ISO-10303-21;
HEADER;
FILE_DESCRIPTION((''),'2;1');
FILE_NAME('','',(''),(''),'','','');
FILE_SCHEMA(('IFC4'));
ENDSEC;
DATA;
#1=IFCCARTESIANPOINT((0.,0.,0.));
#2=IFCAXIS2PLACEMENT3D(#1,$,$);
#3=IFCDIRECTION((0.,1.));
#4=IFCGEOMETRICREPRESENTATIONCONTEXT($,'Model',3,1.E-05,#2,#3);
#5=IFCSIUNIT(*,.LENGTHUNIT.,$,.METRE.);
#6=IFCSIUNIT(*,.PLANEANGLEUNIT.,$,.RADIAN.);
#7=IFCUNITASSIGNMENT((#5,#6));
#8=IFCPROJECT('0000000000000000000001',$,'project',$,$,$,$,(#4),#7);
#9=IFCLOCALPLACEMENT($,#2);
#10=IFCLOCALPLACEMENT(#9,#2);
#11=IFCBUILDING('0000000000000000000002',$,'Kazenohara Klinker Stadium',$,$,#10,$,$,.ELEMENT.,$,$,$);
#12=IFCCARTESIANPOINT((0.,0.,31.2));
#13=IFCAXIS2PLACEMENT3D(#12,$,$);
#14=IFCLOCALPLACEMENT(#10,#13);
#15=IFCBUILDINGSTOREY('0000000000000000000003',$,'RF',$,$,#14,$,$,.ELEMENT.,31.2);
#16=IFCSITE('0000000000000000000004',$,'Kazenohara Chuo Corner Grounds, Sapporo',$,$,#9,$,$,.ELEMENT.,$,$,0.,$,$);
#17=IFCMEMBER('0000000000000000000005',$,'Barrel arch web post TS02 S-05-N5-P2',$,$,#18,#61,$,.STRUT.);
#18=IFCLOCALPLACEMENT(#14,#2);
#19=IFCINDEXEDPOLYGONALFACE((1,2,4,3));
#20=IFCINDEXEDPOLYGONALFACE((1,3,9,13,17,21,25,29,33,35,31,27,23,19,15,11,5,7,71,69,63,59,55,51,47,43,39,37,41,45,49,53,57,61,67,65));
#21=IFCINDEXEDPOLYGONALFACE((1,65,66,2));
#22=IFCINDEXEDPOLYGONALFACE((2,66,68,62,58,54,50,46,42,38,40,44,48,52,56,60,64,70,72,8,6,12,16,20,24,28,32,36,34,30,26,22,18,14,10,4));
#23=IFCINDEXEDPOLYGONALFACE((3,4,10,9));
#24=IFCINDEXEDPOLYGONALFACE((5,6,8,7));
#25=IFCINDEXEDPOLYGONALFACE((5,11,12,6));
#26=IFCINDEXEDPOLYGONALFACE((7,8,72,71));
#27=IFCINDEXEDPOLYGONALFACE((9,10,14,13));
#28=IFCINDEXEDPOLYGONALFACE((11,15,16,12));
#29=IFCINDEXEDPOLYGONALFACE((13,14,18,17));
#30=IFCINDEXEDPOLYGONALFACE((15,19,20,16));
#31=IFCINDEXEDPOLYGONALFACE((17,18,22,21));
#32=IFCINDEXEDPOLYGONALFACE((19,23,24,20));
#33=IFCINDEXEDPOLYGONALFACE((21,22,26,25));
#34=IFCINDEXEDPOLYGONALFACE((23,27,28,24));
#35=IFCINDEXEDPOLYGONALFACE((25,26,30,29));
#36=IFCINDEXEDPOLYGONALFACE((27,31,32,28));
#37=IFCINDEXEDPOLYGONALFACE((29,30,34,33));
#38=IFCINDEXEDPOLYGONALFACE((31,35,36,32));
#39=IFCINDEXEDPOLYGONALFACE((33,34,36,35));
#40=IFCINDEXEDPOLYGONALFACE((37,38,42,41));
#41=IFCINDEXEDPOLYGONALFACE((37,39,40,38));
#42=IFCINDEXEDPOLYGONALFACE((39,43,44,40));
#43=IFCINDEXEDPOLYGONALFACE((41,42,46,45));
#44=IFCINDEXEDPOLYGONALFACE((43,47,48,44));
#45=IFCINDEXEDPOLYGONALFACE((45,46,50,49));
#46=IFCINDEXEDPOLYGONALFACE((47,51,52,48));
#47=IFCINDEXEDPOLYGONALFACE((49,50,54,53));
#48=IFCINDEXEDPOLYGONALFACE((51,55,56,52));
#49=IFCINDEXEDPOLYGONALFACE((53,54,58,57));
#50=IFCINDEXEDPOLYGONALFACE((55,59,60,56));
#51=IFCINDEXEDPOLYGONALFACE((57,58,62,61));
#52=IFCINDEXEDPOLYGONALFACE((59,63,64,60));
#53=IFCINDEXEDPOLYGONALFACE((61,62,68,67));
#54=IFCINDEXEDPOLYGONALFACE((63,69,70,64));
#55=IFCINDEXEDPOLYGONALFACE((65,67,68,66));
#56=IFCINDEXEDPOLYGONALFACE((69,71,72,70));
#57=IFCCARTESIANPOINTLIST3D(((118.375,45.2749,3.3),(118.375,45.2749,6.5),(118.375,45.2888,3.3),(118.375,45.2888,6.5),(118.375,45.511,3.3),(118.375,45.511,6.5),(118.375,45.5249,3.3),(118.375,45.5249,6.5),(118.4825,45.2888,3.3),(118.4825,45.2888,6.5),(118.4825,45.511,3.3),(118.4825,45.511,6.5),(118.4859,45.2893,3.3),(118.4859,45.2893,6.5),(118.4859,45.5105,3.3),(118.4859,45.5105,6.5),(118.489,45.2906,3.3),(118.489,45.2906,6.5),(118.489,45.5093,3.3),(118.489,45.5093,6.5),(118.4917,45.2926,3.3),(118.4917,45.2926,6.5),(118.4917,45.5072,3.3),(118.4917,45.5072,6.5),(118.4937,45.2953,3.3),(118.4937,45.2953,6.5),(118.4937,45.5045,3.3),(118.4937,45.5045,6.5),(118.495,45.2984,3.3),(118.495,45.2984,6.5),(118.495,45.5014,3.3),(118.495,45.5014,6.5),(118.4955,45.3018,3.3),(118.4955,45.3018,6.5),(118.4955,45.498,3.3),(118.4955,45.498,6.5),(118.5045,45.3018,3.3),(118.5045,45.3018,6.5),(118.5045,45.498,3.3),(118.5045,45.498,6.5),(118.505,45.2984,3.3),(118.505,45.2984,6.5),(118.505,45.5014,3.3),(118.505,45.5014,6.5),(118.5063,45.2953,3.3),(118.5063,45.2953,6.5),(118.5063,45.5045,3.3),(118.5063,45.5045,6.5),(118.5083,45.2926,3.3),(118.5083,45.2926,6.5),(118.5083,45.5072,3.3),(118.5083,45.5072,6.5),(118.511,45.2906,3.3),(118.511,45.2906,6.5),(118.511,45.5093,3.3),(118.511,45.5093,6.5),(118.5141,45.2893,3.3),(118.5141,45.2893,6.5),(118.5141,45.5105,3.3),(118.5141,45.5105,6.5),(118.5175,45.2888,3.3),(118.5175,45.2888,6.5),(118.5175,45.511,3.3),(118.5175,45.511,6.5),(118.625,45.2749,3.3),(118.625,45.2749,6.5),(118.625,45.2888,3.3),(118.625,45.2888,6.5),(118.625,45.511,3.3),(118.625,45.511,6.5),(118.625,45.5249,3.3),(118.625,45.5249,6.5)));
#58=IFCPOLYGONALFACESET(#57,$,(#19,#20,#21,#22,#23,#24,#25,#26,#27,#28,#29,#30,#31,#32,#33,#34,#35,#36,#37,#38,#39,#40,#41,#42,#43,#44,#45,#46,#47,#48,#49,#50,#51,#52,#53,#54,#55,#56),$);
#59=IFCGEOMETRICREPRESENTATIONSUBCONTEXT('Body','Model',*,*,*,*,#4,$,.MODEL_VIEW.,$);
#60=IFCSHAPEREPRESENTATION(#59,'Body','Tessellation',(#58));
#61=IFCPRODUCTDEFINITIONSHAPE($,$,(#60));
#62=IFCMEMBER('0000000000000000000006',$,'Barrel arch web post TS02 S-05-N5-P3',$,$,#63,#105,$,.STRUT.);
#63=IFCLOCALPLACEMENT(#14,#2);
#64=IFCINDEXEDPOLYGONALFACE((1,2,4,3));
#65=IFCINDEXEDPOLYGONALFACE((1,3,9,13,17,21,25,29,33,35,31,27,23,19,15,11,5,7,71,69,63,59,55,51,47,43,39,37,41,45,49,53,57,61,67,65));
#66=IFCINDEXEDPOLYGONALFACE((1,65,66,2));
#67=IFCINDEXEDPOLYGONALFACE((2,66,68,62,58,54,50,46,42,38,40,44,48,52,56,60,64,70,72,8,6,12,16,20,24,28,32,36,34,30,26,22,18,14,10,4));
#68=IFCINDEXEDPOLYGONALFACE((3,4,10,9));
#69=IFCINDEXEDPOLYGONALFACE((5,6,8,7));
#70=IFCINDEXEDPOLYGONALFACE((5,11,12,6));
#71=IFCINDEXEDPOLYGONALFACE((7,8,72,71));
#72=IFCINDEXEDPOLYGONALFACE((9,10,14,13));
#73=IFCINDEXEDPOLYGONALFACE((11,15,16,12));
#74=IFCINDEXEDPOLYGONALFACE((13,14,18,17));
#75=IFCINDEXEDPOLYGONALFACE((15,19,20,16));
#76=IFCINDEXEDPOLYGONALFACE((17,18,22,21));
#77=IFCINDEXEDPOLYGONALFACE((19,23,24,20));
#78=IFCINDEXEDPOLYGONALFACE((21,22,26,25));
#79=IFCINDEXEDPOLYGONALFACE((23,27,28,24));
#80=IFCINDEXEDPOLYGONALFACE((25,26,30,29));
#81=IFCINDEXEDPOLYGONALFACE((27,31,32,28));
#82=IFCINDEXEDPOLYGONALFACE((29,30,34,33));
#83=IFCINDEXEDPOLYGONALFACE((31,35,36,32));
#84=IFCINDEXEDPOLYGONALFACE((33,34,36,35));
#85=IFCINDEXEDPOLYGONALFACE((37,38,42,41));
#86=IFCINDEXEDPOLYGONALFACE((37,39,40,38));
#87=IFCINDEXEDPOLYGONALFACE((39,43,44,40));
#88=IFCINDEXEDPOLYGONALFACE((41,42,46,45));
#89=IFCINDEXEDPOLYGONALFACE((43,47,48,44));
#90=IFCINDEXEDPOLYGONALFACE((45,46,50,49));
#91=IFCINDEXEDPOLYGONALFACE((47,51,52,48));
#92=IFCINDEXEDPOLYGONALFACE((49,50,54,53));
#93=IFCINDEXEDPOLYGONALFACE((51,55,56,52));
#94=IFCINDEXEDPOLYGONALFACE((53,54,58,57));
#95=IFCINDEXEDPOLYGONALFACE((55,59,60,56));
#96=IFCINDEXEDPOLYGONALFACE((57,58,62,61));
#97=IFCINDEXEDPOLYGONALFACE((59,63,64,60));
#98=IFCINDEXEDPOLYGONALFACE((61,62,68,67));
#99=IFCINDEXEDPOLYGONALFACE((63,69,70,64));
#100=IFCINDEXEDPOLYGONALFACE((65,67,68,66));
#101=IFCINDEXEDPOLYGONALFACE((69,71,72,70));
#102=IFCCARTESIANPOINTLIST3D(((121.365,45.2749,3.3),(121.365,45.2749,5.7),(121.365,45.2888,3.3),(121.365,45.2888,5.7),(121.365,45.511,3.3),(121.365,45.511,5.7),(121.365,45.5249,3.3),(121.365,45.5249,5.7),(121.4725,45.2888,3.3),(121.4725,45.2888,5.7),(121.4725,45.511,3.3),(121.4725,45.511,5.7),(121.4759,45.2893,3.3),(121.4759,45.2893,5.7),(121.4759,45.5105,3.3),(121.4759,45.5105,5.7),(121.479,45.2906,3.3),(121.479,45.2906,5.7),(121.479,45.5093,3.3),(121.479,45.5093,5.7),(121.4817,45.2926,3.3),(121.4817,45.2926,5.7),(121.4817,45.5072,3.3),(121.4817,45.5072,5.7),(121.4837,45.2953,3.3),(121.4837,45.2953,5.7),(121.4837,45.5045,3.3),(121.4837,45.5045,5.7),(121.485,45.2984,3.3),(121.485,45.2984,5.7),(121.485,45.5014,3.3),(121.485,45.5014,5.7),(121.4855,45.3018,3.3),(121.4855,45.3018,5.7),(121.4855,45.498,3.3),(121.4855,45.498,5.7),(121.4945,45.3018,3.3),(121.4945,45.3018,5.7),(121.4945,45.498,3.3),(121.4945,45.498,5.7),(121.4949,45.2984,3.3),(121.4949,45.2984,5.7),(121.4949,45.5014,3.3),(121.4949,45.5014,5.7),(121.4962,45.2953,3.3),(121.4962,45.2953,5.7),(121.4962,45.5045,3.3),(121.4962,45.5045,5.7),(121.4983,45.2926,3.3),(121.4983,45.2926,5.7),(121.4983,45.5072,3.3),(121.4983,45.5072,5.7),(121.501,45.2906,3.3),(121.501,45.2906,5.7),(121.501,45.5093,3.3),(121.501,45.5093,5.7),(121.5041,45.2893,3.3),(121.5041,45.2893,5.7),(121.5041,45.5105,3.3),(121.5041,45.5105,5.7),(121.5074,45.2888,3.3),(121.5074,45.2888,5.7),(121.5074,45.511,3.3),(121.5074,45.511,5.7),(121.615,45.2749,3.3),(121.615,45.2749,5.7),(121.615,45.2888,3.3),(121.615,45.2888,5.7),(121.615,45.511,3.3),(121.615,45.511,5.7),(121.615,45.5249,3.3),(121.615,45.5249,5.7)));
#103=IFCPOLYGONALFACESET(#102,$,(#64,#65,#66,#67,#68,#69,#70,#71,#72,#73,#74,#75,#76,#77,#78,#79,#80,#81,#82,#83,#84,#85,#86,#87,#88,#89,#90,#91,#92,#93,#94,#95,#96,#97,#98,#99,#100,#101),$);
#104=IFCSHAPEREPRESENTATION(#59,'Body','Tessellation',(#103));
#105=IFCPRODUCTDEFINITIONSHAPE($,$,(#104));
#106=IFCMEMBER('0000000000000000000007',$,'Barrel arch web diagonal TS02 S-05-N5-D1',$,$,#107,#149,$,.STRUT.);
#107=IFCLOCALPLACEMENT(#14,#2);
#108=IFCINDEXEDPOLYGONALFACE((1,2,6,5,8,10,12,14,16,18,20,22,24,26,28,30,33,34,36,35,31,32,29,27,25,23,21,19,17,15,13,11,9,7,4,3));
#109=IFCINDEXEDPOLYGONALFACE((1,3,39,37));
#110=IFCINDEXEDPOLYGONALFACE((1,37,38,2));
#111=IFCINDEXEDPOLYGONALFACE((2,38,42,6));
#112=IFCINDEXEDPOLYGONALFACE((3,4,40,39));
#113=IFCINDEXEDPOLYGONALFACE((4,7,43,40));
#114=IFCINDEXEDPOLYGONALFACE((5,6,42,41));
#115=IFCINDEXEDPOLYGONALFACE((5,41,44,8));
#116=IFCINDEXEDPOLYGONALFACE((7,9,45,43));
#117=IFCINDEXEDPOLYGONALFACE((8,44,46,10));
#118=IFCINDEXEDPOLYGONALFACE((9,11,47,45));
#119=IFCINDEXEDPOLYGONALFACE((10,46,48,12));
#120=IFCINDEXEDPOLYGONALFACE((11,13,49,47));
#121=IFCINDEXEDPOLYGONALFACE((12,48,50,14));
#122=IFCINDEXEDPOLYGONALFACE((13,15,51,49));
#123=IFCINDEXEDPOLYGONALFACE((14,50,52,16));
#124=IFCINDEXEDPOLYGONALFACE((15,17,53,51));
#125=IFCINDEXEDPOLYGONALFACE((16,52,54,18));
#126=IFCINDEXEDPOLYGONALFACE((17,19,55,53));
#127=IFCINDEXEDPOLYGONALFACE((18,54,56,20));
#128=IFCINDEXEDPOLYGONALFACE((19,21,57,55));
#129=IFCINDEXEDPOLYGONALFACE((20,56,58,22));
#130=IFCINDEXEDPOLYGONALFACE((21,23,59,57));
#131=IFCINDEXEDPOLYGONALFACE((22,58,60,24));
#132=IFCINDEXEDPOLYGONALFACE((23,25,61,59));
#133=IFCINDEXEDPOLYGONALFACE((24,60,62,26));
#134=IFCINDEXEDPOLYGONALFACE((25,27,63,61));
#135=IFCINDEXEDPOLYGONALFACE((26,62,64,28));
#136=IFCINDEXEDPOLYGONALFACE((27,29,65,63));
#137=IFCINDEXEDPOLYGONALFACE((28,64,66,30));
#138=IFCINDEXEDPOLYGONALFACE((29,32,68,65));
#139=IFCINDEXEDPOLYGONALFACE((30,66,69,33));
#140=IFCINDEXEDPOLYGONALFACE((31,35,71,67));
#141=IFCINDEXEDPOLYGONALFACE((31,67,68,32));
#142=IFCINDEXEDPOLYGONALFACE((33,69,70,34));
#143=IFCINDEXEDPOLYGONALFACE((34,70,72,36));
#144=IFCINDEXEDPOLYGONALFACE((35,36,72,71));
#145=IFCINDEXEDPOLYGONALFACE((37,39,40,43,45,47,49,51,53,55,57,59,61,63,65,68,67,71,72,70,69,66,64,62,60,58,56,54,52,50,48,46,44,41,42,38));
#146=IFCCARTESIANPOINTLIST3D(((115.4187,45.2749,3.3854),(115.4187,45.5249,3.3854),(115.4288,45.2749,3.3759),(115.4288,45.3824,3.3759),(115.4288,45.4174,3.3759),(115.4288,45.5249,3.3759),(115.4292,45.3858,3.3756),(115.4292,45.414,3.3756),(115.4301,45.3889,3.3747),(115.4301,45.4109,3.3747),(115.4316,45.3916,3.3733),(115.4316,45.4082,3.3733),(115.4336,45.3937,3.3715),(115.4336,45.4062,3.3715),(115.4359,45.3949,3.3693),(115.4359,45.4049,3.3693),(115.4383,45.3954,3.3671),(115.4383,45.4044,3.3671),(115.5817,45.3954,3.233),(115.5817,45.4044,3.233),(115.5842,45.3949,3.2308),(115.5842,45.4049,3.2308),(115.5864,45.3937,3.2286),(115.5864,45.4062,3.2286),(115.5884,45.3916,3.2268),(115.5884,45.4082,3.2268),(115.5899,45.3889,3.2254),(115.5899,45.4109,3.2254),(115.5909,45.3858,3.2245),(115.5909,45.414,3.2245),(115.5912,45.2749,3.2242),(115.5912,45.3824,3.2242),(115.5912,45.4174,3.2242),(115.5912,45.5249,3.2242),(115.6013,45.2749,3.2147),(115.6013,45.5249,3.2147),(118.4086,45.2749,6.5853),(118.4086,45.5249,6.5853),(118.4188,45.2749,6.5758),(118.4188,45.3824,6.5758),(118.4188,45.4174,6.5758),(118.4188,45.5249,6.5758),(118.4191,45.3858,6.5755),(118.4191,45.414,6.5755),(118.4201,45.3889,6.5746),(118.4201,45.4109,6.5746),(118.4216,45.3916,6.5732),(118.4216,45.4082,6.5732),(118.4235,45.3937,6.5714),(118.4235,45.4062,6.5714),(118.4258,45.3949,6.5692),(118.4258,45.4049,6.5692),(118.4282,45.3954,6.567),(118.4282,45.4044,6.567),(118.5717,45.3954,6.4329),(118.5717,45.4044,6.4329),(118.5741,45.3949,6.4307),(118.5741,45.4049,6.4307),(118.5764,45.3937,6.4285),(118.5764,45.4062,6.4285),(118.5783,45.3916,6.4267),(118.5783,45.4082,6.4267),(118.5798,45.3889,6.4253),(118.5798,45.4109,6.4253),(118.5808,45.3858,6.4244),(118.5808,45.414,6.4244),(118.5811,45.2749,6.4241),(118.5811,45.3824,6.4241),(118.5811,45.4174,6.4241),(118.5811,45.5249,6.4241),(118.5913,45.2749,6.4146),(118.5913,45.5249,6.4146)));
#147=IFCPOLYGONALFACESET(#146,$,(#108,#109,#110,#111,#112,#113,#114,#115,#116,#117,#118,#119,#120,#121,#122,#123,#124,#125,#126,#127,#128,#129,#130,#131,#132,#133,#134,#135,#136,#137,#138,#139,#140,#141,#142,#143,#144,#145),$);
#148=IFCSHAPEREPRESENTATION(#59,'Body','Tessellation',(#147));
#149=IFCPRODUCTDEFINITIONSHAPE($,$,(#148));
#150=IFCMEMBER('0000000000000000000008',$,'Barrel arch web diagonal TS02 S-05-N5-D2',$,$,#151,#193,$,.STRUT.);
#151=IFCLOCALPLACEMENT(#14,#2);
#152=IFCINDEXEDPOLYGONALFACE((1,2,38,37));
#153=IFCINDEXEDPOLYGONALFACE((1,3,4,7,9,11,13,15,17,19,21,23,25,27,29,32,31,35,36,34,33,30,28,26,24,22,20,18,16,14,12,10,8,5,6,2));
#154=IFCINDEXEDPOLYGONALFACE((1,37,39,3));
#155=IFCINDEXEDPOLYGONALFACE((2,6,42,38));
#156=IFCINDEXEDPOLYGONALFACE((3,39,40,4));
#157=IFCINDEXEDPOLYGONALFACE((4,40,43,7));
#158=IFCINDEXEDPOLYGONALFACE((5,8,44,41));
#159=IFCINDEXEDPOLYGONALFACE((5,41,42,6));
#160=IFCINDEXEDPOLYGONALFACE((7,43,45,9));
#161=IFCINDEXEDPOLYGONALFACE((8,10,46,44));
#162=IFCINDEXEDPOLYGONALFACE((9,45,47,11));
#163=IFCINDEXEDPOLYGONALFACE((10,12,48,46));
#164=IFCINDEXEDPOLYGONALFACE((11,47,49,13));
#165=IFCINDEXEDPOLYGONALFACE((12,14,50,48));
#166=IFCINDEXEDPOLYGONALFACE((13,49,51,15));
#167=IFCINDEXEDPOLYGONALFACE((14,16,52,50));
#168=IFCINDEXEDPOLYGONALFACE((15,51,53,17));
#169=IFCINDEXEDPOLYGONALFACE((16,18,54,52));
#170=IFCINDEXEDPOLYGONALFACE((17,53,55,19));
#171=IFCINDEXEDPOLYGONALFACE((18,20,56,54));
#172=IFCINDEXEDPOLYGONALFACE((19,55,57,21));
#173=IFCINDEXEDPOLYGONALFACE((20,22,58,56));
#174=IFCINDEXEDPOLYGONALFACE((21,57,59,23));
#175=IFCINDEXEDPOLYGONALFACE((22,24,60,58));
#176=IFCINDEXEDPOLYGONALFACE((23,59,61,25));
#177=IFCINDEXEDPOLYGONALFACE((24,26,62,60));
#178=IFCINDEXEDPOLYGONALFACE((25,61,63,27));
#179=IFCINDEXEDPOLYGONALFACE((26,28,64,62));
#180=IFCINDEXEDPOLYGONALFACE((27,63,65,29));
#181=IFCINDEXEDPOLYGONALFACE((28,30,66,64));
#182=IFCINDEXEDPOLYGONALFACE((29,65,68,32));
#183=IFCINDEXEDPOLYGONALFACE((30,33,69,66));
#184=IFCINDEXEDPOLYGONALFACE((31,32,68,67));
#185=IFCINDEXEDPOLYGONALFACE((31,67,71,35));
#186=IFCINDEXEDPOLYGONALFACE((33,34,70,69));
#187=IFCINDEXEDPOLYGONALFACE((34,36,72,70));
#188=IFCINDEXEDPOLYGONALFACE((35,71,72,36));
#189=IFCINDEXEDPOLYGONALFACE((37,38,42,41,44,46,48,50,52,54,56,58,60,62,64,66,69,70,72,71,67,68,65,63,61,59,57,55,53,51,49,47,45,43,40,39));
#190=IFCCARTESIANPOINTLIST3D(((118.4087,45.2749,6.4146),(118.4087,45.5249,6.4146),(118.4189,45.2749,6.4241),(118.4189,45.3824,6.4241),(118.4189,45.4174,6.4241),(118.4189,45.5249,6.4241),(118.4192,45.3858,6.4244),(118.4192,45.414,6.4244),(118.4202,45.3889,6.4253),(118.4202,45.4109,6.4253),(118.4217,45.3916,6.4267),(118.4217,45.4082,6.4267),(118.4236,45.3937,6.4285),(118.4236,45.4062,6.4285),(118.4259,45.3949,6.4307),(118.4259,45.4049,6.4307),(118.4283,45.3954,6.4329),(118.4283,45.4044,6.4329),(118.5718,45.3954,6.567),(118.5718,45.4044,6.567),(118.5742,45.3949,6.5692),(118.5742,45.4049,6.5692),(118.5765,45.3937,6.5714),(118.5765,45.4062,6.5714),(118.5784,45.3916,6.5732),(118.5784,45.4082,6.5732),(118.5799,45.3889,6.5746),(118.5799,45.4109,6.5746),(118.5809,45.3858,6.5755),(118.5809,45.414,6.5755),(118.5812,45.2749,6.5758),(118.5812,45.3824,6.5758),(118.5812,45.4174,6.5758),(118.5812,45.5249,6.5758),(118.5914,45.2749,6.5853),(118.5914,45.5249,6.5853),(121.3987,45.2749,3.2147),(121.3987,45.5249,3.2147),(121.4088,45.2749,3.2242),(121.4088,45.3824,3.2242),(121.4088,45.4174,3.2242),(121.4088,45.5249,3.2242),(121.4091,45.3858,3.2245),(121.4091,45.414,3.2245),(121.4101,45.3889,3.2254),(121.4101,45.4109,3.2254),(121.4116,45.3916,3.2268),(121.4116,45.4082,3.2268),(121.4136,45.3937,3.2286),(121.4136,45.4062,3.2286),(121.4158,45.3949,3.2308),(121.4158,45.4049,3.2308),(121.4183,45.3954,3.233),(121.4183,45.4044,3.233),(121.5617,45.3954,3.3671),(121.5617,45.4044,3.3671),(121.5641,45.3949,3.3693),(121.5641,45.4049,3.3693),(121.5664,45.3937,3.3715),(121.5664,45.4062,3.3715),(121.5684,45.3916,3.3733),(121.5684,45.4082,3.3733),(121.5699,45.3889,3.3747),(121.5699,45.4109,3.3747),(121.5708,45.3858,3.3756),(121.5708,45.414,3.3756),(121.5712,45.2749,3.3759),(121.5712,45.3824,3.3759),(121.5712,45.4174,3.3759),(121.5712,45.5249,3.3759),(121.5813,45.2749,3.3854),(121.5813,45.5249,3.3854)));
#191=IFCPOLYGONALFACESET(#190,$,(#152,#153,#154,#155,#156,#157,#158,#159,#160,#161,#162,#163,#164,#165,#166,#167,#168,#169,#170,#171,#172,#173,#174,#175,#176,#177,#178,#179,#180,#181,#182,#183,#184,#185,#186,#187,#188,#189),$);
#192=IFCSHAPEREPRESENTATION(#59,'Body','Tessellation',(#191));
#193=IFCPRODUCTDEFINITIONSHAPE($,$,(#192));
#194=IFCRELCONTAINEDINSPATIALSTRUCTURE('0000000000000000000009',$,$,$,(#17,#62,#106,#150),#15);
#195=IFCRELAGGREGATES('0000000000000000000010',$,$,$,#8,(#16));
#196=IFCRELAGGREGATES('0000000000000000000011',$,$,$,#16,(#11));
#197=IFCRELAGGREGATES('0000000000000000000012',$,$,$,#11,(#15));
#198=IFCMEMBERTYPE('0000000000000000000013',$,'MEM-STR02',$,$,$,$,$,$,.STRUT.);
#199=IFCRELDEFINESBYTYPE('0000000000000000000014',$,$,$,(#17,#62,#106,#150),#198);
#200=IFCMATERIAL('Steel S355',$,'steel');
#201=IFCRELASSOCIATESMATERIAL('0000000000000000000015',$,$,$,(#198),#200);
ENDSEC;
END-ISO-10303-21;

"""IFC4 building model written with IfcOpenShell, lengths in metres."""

from ifc_helpers import new_model, si_unit, direction, frame, origin, origin_2d, place, context, subcontext, project, spatial, i_section, extrude, material, material_profile, profile_set, type_object, element, save


model = new_model("IFC4")

# Units and contexts
model_context = context("Model", 3, precision=1e-05, world=origin(), true_north=direction((0.0, 1.0)))
body_context = subcontext(model_context, "Body", "Model", "MODEL_VIEW")
ifc_project = project(units=[si_unit("LENGTHUNIT", "METRE"), si_unit("PLANEANGLEUNIT", "RADIAN")], contexts=[model_context])

# Site, building, storey
site_placement = place(None, origin())
site = spatial("IfcSite", under=ifc_project, at=site_placement, Name="Kazenohara Chuo Corner Grounds, Sapporo", CompositionType="ELEMENT", RefElevation=0.0)
building_placement = place(site_placement, origin())
building = spatial("IfcBuilding", under=site, at=building_placement, Name="Kazenohara Klinker Stadium", CompositionType="ELEMENT")
storey_placement = place(building_placement, frame((0.0, 0.0, 31.2)))
storey = spatial("IfcBuildingStorey", under=building, at=storey_placement, Name="RF", CompositionType="ELEMENT", Elevation=31.2)

# Members
ifc_material_1 = material(Name="Steel S355", Category="steel")
ifc_material_profile_1 = material_profile(ifc_material_1, i_section(OverallWidth=0.25, OverallDepth=0.25, WebThickness=0.009, FlangeThickness=0.0139, FilletRadius=0.0129, at=origin_2d()), Name="H-250x250x9x14")
ifc_profile_set_1 = profile_set([ifc_material_profile_1], Name="Steel S355")
member_type_1 = type_object("IfcMemberType", Name="MEM-STR02", PredefinedType="STRUT", material=ifc_profile_set_1)
member_1_placement = place(storey_placement, frame((118.5, 45.3999, 3.3), z_axis=(0.0, 0.0, 1.0), x_axis=(1.0, 0.0, 0.0)))
element("IfcMember", 1, at=member_1_placement, inside=storey, type_object=member_type_1, Name="Barrel arch web post TS02 S-05-N5-P2", PredefinedType="STRUT", context=body_context, shape_type="SweptSolid", body=[
    extrude(i_section(OverallWidth=0.25, OverallDepth=0.25, WebThickness=0.009, FlangeThickness=0.0139, FilletRadius=0.0129, at=origin_2d()), origin(), (0.0, 0.0, 1.0), 3.2),
])
member_2_placement = place(storey_placement, frame((121.49, 45.3999, 3.3), z_axis=(0.0, 0.0, 1.0), x_axis=(1.0, 0.0, 0.0)))
element("IfcMember", 2, at=member_2_placement, inside=storey, type_object=member_type_1, Name="Barrel arch web post TS02 S-05-N5-P3", PredefinedType="STRUT", context=body_context, shape_type="SweptSolid", body=[
    extrude(i_section(OverallWidth=0.25, OverallDepth=0.25, WebThickness=0.009, FlangeThickness=0.0139, FilletRadius=0.0129, at=origin_2d()), origin(), (0.0, 0.0, 1.0), 2.3999),
])
for number, where, z_axis, x_axis, name in (
    (3, (115.51, 45.3999, 3.3), (0.682729, 0.0, 0.730671), (0.0, 1.0, 0.0), "Barrel arch web diagonal TS02 S-05-N5-D1"),
    (4, (121.49, 45.3999, 3.3), (-0.682729, 0.0, 0.730671), (0.0, -1.0, 0.0), "Barrel arch web diagonal TS02 S-05-N5-D2"),
):
    element("IfcMember", number, at=place(storey_placement, frame(where, z_axis=z_axis, x_axis=x_axis)), inside=storey, type_object=member_type_1, Name=name, PredefinedType="STRUT", context=body_context, shape_type="SweptSolid", body=[
        extrude(i_section(OverallWidth=0.25, OverallDepth=0.25, WebThickness=0.009, FlangeThickness=0.0139, FilletRadius=0.0129, at=origin_2d()), origin(), (0.0, 0.0, 1.0), 4.3794),
    ])

save(model, "model.ifc")
